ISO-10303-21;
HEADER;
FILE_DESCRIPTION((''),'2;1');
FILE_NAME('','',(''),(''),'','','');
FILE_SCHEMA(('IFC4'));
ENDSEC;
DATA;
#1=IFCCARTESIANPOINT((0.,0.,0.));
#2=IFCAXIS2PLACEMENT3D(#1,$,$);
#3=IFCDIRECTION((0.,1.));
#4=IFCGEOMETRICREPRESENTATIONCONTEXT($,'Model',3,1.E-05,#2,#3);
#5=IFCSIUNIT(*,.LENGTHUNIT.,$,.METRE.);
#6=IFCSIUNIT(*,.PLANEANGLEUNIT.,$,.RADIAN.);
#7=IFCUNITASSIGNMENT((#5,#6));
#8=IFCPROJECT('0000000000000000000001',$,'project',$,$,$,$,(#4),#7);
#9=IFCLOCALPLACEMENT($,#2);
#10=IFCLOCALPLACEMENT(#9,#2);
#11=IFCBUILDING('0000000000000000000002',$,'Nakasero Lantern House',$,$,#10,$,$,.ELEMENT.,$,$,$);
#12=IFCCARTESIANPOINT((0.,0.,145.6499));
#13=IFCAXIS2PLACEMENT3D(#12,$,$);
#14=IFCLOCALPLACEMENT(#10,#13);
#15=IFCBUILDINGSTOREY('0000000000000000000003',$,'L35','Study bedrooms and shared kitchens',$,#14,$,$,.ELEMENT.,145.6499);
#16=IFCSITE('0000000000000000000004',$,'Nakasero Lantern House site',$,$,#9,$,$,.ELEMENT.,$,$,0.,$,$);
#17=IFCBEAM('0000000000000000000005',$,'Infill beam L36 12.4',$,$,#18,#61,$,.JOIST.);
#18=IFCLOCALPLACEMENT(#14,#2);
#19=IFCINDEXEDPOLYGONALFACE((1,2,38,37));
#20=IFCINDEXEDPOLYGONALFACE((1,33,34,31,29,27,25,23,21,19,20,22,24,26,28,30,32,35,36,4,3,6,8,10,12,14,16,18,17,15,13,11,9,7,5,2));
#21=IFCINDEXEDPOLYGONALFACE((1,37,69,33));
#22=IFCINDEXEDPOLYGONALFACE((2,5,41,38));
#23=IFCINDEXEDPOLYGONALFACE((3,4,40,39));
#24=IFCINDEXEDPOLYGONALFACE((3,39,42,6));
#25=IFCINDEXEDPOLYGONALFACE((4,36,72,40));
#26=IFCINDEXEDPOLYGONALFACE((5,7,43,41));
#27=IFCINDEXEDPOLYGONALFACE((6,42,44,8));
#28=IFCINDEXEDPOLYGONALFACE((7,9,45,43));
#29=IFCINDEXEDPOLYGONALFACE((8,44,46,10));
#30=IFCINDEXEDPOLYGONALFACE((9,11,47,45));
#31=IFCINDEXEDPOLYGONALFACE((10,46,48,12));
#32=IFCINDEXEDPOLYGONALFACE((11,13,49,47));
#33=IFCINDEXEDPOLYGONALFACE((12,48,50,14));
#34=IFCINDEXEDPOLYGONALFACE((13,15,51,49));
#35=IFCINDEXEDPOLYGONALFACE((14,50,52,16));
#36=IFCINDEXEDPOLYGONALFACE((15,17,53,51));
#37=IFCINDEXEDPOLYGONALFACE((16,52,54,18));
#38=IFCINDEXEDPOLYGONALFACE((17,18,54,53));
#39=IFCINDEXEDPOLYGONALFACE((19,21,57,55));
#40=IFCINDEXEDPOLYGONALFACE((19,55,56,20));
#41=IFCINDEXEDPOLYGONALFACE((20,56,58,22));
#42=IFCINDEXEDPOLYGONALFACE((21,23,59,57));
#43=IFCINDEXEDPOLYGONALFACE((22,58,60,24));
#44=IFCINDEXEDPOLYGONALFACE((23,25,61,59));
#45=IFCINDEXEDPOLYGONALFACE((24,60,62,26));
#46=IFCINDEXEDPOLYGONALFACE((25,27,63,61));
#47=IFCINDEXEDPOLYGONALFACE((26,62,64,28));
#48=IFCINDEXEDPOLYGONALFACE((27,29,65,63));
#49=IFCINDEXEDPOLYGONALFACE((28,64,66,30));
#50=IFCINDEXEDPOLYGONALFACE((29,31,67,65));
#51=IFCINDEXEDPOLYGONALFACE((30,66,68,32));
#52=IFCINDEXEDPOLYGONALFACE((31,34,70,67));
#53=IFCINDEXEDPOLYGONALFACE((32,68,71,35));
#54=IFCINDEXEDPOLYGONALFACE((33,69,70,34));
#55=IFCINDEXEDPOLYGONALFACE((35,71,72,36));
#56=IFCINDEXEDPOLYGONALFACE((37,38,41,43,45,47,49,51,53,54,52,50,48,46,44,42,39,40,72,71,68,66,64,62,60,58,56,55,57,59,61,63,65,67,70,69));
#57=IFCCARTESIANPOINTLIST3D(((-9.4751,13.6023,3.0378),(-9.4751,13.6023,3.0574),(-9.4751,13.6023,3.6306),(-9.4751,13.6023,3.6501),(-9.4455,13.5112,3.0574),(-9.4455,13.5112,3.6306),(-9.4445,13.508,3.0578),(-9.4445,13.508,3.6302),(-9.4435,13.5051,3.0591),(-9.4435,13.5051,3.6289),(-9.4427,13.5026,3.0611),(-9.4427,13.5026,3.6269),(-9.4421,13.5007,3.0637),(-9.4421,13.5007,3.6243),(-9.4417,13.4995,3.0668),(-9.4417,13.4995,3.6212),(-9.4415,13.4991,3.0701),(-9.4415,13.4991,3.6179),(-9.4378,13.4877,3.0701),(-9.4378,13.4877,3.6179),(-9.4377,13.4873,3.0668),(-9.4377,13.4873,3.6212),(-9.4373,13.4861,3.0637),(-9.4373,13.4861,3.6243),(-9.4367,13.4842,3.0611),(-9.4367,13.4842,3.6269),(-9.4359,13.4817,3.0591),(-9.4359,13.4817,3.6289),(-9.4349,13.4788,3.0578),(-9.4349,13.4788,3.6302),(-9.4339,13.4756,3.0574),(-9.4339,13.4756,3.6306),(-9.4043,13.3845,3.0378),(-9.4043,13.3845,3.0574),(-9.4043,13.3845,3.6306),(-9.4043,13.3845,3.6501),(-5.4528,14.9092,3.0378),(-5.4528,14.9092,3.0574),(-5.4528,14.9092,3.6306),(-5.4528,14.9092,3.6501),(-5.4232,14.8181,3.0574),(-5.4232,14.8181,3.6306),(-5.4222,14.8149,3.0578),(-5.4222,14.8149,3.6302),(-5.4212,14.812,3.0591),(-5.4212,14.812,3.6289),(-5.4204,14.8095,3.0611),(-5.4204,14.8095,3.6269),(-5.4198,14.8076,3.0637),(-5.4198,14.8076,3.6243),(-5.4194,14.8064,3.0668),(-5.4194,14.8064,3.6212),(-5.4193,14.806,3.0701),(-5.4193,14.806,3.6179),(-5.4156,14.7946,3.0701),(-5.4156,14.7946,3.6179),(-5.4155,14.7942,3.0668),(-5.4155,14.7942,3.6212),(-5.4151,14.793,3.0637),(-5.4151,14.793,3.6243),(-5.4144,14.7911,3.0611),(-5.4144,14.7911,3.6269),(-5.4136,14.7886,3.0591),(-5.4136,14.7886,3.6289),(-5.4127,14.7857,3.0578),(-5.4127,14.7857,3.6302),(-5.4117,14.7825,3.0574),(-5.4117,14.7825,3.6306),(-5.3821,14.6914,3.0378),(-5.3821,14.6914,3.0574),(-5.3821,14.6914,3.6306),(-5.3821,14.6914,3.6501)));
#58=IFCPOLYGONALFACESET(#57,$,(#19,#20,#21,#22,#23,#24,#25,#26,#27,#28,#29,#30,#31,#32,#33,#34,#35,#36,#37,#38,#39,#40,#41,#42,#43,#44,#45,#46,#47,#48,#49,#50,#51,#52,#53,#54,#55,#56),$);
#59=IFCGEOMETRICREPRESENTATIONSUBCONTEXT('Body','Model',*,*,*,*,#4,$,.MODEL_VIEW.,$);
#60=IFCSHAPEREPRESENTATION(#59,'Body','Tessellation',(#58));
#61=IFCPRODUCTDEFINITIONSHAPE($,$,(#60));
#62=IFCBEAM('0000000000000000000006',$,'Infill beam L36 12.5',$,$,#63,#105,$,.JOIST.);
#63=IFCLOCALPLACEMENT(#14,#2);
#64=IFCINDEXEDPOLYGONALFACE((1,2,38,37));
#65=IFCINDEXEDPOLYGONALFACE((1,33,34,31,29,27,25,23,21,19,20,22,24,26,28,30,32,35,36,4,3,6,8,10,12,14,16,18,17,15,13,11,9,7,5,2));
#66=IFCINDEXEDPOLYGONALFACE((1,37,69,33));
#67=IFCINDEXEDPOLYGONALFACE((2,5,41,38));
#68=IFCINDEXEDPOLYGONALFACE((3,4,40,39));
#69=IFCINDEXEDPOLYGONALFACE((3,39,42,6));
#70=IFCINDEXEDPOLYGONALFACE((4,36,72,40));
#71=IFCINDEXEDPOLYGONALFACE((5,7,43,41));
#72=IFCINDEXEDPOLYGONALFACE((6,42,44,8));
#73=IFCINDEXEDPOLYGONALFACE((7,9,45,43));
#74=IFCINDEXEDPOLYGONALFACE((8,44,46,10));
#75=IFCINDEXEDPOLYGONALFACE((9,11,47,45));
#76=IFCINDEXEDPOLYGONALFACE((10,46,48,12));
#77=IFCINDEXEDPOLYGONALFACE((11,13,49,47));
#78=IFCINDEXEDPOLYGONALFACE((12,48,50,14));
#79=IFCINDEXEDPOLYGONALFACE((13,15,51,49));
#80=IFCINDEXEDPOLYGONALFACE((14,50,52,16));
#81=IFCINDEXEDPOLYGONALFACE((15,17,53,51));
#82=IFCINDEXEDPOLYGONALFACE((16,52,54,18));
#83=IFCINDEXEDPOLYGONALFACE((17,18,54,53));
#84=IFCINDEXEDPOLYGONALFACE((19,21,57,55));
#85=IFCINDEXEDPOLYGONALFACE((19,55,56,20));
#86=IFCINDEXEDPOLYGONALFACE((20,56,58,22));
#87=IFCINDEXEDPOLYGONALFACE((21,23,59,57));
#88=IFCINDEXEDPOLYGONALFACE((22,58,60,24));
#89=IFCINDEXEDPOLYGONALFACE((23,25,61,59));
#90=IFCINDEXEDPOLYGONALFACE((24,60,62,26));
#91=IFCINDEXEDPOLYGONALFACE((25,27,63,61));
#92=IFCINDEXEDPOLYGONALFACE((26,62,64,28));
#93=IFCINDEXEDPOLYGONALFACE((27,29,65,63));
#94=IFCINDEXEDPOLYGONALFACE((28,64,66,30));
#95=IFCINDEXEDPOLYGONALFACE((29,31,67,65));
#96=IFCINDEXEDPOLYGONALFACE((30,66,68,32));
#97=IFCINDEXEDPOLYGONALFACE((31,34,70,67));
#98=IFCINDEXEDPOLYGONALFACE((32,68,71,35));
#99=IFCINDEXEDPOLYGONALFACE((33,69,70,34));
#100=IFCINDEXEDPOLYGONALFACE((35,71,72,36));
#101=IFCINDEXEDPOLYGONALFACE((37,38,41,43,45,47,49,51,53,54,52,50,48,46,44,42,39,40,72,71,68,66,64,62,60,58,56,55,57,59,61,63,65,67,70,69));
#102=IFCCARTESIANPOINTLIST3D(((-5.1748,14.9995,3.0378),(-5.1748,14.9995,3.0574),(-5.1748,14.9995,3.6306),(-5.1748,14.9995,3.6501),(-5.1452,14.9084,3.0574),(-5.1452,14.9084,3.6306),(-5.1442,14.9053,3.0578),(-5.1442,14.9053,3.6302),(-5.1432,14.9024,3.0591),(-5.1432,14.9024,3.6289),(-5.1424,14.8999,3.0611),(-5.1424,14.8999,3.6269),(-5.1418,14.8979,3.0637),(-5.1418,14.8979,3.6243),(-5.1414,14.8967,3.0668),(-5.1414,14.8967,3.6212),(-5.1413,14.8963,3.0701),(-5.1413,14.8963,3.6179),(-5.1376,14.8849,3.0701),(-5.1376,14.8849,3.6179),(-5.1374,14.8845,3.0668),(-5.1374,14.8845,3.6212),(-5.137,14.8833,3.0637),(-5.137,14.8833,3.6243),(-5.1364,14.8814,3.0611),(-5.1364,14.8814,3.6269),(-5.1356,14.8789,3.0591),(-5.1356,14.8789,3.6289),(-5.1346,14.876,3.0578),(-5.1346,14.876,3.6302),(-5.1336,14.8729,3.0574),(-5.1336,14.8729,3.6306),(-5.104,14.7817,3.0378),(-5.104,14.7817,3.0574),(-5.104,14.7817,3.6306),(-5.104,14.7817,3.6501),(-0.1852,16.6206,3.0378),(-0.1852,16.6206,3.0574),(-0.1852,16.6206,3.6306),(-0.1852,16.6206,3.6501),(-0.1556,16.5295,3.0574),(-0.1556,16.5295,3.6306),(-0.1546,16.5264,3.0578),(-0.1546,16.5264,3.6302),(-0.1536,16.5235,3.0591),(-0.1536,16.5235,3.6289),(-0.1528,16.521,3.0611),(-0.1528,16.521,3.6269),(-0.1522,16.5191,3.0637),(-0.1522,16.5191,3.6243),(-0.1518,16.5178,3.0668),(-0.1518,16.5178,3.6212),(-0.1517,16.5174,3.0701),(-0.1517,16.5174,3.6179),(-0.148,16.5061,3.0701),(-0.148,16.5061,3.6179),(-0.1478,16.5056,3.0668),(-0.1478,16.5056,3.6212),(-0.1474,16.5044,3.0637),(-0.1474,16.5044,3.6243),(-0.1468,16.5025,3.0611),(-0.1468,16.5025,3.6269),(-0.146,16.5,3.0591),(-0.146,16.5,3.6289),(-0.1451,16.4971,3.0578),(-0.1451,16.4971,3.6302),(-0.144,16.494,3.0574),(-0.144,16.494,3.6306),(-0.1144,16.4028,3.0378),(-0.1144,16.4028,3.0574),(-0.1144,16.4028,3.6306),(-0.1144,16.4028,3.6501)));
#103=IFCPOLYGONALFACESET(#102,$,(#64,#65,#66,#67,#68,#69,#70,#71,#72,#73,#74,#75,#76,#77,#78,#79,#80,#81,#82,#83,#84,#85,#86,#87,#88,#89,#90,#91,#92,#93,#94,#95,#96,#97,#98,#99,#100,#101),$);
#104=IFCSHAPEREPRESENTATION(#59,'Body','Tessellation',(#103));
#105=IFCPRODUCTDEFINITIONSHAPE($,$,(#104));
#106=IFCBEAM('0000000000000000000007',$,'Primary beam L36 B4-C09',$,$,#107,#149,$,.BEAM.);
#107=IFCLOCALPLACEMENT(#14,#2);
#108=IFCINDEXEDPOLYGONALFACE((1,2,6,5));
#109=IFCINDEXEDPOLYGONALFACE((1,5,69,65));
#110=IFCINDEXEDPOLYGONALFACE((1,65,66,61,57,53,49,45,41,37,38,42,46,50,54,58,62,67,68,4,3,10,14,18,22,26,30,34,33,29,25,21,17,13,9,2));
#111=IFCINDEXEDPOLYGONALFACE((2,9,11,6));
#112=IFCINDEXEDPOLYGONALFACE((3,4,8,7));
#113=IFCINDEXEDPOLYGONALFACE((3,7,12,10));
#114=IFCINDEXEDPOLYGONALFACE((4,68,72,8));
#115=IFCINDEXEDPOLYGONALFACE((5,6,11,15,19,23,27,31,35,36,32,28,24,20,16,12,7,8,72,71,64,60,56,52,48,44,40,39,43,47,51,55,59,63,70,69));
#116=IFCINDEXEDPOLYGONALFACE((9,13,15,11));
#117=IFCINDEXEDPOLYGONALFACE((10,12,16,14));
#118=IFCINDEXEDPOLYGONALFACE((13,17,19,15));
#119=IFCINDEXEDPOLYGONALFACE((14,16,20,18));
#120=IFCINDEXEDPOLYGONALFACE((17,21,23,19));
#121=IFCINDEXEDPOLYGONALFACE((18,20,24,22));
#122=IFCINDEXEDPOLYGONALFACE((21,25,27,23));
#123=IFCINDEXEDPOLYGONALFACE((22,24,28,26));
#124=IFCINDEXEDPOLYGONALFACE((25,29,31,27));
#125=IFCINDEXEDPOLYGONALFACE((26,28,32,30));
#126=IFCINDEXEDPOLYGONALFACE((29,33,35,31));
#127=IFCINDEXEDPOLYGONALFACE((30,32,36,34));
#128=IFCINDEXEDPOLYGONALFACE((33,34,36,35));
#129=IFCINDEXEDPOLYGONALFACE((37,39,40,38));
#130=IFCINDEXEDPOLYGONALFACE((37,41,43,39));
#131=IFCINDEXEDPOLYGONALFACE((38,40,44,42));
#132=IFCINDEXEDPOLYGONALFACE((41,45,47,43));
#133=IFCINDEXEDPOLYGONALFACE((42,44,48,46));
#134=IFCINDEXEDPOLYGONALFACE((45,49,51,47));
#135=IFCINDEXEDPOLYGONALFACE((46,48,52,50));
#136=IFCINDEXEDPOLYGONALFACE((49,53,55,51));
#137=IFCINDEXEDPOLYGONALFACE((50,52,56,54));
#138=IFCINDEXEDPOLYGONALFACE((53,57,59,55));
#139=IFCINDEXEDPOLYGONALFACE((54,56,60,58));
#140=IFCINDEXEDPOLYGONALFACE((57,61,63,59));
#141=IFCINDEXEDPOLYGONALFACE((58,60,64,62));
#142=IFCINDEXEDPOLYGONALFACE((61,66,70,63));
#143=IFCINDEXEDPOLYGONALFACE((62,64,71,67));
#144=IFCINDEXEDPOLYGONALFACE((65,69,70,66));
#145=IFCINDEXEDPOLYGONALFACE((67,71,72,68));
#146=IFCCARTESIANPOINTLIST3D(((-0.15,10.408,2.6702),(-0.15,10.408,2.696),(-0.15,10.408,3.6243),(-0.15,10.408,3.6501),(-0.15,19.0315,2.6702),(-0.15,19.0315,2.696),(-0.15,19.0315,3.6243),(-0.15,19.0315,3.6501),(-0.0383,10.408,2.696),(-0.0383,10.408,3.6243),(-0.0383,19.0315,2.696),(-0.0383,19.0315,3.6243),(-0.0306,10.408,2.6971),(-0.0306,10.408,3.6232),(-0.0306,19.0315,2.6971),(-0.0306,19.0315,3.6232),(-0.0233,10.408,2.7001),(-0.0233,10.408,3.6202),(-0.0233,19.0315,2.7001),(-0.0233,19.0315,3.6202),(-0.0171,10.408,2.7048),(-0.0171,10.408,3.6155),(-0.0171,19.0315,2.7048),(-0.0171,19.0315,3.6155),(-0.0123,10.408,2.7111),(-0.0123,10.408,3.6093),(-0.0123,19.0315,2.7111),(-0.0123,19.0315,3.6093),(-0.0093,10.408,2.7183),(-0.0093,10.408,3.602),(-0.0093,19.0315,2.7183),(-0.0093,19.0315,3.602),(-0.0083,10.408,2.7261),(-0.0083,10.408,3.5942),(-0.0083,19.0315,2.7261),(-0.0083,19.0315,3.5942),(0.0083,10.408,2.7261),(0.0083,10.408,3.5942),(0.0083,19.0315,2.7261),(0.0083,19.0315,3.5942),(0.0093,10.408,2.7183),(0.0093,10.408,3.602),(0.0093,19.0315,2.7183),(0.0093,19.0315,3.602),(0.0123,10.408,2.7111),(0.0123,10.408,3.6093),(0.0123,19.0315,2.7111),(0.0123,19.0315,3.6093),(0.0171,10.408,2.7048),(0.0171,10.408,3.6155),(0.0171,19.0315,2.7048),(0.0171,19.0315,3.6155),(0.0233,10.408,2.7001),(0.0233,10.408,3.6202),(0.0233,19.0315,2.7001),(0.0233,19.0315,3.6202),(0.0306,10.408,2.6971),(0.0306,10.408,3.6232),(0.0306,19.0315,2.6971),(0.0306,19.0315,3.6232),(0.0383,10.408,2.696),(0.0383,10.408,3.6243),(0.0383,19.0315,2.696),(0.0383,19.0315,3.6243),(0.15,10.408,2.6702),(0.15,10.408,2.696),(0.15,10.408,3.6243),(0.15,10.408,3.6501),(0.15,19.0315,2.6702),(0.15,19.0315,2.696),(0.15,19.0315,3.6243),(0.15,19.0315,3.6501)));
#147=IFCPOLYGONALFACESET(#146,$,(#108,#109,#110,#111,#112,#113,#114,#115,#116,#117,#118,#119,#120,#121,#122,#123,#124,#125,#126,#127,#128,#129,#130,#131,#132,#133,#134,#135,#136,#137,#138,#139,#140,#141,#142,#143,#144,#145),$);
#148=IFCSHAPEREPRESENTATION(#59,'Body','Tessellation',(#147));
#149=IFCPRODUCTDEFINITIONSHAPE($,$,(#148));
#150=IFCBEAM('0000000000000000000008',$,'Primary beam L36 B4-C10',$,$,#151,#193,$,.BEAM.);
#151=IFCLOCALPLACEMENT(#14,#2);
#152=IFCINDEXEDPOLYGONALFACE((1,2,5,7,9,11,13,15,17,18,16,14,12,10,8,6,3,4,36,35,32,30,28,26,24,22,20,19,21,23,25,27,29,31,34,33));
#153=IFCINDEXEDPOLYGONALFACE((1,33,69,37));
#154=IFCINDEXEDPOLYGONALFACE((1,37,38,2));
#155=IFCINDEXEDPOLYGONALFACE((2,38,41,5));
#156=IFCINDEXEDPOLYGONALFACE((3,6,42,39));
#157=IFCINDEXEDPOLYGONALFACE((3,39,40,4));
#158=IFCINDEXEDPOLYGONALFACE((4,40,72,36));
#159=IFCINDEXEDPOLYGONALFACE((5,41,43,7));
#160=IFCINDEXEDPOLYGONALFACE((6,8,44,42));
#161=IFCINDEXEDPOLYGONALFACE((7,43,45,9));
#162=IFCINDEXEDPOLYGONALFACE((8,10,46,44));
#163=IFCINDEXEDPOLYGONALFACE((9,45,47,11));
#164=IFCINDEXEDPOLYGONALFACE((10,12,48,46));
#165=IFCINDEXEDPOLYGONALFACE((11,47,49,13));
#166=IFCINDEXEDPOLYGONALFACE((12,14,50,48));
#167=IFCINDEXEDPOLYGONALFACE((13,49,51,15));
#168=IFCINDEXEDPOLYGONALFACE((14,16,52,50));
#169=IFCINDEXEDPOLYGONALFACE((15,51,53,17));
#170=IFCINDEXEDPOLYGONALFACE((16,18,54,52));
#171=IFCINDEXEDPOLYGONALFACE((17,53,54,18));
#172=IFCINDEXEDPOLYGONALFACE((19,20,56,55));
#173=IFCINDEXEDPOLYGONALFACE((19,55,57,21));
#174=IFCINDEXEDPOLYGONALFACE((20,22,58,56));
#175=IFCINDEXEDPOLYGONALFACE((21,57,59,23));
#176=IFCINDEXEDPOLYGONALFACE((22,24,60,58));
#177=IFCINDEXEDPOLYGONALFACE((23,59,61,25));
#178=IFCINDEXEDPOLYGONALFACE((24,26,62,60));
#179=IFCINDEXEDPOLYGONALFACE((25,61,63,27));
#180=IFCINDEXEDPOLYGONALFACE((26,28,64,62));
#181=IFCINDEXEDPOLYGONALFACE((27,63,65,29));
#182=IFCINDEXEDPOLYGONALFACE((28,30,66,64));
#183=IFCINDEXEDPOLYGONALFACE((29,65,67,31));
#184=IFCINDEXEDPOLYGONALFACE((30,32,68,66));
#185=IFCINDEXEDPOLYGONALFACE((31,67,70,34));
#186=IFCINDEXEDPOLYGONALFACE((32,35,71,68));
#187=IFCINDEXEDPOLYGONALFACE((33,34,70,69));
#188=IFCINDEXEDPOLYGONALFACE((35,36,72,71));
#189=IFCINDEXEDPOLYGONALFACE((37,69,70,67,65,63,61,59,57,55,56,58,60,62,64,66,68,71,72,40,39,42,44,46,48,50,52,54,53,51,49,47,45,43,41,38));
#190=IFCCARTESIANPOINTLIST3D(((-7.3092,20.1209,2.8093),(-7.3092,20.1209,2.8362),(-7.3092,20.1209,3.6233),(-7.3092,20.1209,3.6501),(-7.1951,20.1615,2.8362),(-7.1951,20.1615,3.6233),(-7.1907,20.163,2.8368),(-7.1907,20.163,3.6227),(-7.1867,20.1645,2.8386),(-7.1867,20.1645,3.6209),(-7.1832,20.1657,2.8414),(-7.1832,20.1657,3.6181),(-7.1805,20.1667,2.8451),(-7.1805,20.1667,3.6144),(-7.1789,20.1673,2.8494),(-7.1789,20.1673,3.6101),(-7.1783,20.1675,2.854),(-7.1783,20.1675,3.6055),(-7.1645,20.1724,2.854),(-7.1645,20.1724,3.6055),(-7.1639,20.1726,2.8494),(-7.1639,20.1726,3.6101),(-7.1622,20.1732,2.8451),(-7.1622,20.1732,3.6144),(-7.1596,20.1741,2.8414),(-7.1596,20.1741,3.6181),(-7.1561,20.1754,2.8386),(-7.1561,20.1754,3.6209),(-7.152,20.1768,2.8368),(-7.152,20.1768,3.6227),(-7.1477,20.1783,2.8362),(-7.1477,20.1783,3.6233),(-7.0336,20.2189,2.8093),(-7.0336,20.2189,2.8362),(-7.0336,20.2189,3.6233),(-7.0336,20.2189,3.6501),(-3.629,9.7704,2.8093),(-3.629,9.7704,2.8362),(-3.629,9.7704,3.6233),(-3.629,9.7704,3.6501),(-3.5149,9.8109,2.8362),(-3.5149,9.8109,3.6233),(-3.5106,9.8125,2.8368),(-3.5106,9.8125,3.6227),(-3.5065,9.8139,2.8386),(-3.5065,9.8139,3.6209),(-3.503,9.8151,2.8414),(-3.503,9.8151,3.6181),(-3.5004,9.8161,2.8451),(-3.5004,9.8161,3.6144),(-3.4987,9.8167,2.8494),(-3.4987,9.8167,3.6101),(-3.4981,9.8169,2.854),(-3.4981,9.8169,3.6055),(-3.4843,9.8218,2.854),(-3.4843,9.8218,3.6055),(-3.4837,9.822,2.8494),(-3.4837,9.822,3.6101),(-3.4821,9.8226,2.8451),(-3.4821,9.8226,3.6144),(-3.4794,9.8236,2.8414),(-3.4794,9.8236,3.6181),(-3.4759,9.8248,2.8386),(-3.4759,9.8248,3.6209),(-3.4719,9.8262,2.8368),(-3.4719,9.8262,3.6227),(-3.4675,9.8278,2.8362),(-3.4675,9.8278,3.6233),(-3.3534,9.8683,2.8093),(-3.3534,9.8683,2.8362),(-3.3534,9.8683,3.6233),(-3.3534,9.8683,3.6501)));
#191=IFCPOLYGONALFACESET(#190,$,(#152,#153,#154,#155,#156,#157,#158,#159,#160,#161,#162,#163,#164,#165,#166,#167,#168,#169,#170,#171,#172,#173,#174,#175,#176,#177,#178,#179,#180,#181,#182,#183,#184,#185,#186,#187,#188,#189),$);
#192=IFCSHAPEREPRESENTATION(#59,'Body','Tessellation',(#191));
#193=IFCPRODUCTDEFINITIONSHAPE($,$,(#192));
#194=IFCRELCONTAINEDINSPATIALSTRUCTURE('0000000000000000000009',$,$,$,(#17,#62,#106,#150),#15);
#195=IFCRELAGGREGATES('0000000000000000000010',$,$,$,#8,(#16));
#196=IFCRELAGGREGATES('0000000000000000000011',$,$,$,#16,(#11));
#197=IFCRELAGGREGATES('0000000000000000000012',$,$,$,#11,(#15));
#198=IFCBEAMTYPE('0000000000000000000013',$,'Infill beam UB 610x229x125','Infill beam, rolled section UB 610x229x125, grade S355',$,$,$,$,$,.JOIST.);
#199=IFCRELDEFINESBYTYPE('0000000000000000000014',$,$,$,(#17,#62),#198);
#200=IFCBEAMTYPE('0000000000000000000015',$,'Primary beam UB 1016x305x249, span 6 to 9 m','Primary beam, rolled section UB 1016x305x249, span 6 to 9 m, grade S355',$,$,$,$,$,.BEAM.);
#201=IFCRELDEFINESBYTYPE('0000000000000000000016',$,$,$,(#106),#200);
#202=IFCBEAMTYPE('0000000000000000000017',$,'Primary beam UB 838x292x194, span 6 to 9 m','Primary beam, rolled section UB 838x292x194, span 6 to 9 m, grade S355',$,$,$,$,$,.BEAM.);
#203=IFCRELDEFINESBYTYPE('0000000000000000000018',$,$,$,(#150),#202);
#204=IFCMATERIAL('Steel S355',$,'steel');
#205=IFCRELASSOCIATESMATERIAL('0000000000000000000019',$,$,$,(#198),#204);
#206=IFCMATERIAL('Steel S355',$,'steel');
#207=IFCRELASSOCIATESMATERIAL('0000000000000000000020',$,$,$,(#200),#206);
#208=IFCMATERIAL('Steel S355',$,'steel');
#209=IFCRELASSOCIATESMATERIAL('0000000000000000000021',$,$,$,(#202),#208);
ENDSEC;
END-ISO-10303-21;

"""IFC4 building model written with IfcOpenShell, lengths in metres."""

from ifc_helpers import new_model, si_unit, direction, frame, origin, origin_2d, place, context, subcontext, project, spatial, i_section, extrude, material, material_profile, profile_set, type_object, element, save


model = new_model("IFC4")

# Units and contexts
model_context = context("Model", 3, precision=1e-05, world=origin(), true_north=direction((0.0, 1.0)))
body_context = subcontext(model_context, "Body", "Model", "MODEL_VIEW")
ifc_project = project(units=[si_unit("LENGTHUNIT", "METRE"), si_unit("PLANEANGLEUNIT", "RADIAN")], contexts=[model_context])

# Site, building, storey
site_placement = place(None, origin())
site = spatial("IfcSite", under=ifc_project, at=site_placement, Name="Nakasero Lantern House site", CompositionType="ELEMENT", RefElevation=0.0)
building_placement = place(site_placement, origin())
building = spatial("IfcBuilding", under=site, at=building_placement, Name="Nakasero Lantern House", CompositionType="ELEMENT")
storey_placement = place(building_placement, frame((0.0, 0.0, 145.6499)))
storey = spatial("IfcBuildingStorey", under=building, at=storey_placement, Name="L35", Description="Study bedrooms and shared kitchens", CompositionType="ELEMENT", Elevation=145.6499)

# Beams
ifc_material_1 = material(Name="Steel S355", Category="steel")
ifc_material_profile_1 = material_profile(ifc_material_1, i_section(OverallWidth=0.229, OverallDepth=0.6123, WebThickness=0.012, FlangeThickness=0.0195, FilletRadius=0.0127, at=origin_2d()), Name="UB 610x229x125")
ifc_profile_set_1 = profile_set([ifc_material_profile_1], Name="Steel S355")
beam_type_1 = type_object("IfcBeamType", Name="Infill beam UB 610x229x125", Description="Infill beam, rolled section UB 610x229x125, grade S355", PredefinedType="JOIST", material=ifc_profile_set_1)
beam_1_placement = place(storey_placement, frame((-9.4397, 13.4934, 3.344), z_axis=(0.951057, 0.309014, 0.0), x_axis=(-0.309014, 0.951057, 0.0)))
element("IfcBeam", 1, at=beam_1_placement, inside=storey, type_object=beam_type_1, Name="Infill beam L36 12.4", PredefinedType="JOIST", context=body_context, shape_type="SweptSolid", body=[
    extrude(i_section(OverallWidth=0.229, OverallDepth=0.6123, WebThickness=0.012, FlangeThickness=0.0195, FilletRadius=0.0127, at=origin_2d()), origin(), (0.0, 0.0, 1.0), 4.2292),
])
beam_2_placement = place(storey_placement, frame((-5.1394, 14.8906, 3.344), z_axis=(0.951062, 0.309001, 0.0), x_axis=(-0.309001, 0.951062, 0.0)))
element("IfcBeam", 2, at=beam_2_placement, inside=storey, type_object=beam_type_1, Name="Infill beam L36 12.5", PredefinedType="JOIST", context=body_context, shape_type="SweptSolid", body=[
    extrude(i_section(OverallWidth=0.229, OverallDepth=0.6123, WebThickness=0.012, FlangeThickness=0.0195, FilletRadius=0.0127, at=origin_2d()), origin(), (0.0, 0.0, 1.0), 5.2463),
])
ifc_material_2 = material(Name="Steel S355", Category="steel")
ifc_material_profile_2 = material_profile(ifc_material_2, i_section(OverallWidth=0.3, OverallDepth=0.98, WebThickness=0.0166, FlangeThickness=0.0259, FilletRadius=0.03, at=origin_2d()), Name="UB 1016x305x249")
ifc_profile_set_2 = profile_set([ifc_material_profile_2], Name="Steel S355")
beam_type_2 = type_object("IfcBeamType", Name="Primary beam UB 1016x305x249, span 6 to 9 m", Description="Primary beam, rolled section UB 1016x305x249, span 6 to 9 m, grade S355", PredefinedType="BEAM", material=ifc_profile_set_2)
beam_3_placement = place(storey_placement, frame((0.0, 19.0315, 3.1602), z_axis=(0.0, -1.0, 0.0), x_axis=(1.0, 0.0, 0.0)))
element("IfcBeam", 3, at=beam_3_placement, inside=storey, type_object=beam_type_2, Name="Primary beam L36 B4-C09", PredefinedType="BEAM", context=body_context, shape_type="SweptSolid", body=[
    extrude(i_section(OverallWidth=0.3, OverallDepth=0.98, WebThickness=0.0166, FlangeThickness=0.0259, FilletRadius=0.03, at=origin_2d()), origin(), (0.0, 0.0, 1.0), 8.6235),
])
ifc_material_3 = material(Name="Steel S355", Category="steel")
ifc_material_profile_3 = material_profile(ifc_material_3, i_section(OverallWidth=0.2925, OverallDepth=0.8408, WebThickness=0.0146, FlangeThickness=0.0269, FilletRadius=0.0178, at=origin_2d()), Name="UB 838x292x194")
ifc_profile_set_3 = profile_set([ifc_material_profile_3], Name="Steel S355")
beam_type_3 = type_object("IfcBeamType", Name="Primary beam UB 838x292x194, span 6 to 9 m", Description="Primary beam, rolled section UB 838x292x194, span 6 to 9 m, grade S355", PredefinedType="BEAM", material=ifc_profile_set_3)
beam_4_placement = place(storey_placement, frame((-7.1714, 20.1699, 3.2297), z_axis=(0.335007, -0.942216, 0.0), x_axis=(0.942216, 0.335007, 0.0)))
element("IfcBeam", 4, at=beam_4_placement, inside=storey, type_object=beam_type_3, Name="Primary beam L36 B4-C10", PredefinedType="BEAM", context=body_context, shape_type="SweptSolid", body=[
    extrude(i_section(OverallWidth=0.2925, OverallDepth=0.8408, WebThickness=0.0146, FlangeThickness=0.0269, FilletRadius=0.0178, at=origin_2d()), origin(), (0.0, 0.0, 1.0), 10.9854),
])

save(model, "model.ifc")
